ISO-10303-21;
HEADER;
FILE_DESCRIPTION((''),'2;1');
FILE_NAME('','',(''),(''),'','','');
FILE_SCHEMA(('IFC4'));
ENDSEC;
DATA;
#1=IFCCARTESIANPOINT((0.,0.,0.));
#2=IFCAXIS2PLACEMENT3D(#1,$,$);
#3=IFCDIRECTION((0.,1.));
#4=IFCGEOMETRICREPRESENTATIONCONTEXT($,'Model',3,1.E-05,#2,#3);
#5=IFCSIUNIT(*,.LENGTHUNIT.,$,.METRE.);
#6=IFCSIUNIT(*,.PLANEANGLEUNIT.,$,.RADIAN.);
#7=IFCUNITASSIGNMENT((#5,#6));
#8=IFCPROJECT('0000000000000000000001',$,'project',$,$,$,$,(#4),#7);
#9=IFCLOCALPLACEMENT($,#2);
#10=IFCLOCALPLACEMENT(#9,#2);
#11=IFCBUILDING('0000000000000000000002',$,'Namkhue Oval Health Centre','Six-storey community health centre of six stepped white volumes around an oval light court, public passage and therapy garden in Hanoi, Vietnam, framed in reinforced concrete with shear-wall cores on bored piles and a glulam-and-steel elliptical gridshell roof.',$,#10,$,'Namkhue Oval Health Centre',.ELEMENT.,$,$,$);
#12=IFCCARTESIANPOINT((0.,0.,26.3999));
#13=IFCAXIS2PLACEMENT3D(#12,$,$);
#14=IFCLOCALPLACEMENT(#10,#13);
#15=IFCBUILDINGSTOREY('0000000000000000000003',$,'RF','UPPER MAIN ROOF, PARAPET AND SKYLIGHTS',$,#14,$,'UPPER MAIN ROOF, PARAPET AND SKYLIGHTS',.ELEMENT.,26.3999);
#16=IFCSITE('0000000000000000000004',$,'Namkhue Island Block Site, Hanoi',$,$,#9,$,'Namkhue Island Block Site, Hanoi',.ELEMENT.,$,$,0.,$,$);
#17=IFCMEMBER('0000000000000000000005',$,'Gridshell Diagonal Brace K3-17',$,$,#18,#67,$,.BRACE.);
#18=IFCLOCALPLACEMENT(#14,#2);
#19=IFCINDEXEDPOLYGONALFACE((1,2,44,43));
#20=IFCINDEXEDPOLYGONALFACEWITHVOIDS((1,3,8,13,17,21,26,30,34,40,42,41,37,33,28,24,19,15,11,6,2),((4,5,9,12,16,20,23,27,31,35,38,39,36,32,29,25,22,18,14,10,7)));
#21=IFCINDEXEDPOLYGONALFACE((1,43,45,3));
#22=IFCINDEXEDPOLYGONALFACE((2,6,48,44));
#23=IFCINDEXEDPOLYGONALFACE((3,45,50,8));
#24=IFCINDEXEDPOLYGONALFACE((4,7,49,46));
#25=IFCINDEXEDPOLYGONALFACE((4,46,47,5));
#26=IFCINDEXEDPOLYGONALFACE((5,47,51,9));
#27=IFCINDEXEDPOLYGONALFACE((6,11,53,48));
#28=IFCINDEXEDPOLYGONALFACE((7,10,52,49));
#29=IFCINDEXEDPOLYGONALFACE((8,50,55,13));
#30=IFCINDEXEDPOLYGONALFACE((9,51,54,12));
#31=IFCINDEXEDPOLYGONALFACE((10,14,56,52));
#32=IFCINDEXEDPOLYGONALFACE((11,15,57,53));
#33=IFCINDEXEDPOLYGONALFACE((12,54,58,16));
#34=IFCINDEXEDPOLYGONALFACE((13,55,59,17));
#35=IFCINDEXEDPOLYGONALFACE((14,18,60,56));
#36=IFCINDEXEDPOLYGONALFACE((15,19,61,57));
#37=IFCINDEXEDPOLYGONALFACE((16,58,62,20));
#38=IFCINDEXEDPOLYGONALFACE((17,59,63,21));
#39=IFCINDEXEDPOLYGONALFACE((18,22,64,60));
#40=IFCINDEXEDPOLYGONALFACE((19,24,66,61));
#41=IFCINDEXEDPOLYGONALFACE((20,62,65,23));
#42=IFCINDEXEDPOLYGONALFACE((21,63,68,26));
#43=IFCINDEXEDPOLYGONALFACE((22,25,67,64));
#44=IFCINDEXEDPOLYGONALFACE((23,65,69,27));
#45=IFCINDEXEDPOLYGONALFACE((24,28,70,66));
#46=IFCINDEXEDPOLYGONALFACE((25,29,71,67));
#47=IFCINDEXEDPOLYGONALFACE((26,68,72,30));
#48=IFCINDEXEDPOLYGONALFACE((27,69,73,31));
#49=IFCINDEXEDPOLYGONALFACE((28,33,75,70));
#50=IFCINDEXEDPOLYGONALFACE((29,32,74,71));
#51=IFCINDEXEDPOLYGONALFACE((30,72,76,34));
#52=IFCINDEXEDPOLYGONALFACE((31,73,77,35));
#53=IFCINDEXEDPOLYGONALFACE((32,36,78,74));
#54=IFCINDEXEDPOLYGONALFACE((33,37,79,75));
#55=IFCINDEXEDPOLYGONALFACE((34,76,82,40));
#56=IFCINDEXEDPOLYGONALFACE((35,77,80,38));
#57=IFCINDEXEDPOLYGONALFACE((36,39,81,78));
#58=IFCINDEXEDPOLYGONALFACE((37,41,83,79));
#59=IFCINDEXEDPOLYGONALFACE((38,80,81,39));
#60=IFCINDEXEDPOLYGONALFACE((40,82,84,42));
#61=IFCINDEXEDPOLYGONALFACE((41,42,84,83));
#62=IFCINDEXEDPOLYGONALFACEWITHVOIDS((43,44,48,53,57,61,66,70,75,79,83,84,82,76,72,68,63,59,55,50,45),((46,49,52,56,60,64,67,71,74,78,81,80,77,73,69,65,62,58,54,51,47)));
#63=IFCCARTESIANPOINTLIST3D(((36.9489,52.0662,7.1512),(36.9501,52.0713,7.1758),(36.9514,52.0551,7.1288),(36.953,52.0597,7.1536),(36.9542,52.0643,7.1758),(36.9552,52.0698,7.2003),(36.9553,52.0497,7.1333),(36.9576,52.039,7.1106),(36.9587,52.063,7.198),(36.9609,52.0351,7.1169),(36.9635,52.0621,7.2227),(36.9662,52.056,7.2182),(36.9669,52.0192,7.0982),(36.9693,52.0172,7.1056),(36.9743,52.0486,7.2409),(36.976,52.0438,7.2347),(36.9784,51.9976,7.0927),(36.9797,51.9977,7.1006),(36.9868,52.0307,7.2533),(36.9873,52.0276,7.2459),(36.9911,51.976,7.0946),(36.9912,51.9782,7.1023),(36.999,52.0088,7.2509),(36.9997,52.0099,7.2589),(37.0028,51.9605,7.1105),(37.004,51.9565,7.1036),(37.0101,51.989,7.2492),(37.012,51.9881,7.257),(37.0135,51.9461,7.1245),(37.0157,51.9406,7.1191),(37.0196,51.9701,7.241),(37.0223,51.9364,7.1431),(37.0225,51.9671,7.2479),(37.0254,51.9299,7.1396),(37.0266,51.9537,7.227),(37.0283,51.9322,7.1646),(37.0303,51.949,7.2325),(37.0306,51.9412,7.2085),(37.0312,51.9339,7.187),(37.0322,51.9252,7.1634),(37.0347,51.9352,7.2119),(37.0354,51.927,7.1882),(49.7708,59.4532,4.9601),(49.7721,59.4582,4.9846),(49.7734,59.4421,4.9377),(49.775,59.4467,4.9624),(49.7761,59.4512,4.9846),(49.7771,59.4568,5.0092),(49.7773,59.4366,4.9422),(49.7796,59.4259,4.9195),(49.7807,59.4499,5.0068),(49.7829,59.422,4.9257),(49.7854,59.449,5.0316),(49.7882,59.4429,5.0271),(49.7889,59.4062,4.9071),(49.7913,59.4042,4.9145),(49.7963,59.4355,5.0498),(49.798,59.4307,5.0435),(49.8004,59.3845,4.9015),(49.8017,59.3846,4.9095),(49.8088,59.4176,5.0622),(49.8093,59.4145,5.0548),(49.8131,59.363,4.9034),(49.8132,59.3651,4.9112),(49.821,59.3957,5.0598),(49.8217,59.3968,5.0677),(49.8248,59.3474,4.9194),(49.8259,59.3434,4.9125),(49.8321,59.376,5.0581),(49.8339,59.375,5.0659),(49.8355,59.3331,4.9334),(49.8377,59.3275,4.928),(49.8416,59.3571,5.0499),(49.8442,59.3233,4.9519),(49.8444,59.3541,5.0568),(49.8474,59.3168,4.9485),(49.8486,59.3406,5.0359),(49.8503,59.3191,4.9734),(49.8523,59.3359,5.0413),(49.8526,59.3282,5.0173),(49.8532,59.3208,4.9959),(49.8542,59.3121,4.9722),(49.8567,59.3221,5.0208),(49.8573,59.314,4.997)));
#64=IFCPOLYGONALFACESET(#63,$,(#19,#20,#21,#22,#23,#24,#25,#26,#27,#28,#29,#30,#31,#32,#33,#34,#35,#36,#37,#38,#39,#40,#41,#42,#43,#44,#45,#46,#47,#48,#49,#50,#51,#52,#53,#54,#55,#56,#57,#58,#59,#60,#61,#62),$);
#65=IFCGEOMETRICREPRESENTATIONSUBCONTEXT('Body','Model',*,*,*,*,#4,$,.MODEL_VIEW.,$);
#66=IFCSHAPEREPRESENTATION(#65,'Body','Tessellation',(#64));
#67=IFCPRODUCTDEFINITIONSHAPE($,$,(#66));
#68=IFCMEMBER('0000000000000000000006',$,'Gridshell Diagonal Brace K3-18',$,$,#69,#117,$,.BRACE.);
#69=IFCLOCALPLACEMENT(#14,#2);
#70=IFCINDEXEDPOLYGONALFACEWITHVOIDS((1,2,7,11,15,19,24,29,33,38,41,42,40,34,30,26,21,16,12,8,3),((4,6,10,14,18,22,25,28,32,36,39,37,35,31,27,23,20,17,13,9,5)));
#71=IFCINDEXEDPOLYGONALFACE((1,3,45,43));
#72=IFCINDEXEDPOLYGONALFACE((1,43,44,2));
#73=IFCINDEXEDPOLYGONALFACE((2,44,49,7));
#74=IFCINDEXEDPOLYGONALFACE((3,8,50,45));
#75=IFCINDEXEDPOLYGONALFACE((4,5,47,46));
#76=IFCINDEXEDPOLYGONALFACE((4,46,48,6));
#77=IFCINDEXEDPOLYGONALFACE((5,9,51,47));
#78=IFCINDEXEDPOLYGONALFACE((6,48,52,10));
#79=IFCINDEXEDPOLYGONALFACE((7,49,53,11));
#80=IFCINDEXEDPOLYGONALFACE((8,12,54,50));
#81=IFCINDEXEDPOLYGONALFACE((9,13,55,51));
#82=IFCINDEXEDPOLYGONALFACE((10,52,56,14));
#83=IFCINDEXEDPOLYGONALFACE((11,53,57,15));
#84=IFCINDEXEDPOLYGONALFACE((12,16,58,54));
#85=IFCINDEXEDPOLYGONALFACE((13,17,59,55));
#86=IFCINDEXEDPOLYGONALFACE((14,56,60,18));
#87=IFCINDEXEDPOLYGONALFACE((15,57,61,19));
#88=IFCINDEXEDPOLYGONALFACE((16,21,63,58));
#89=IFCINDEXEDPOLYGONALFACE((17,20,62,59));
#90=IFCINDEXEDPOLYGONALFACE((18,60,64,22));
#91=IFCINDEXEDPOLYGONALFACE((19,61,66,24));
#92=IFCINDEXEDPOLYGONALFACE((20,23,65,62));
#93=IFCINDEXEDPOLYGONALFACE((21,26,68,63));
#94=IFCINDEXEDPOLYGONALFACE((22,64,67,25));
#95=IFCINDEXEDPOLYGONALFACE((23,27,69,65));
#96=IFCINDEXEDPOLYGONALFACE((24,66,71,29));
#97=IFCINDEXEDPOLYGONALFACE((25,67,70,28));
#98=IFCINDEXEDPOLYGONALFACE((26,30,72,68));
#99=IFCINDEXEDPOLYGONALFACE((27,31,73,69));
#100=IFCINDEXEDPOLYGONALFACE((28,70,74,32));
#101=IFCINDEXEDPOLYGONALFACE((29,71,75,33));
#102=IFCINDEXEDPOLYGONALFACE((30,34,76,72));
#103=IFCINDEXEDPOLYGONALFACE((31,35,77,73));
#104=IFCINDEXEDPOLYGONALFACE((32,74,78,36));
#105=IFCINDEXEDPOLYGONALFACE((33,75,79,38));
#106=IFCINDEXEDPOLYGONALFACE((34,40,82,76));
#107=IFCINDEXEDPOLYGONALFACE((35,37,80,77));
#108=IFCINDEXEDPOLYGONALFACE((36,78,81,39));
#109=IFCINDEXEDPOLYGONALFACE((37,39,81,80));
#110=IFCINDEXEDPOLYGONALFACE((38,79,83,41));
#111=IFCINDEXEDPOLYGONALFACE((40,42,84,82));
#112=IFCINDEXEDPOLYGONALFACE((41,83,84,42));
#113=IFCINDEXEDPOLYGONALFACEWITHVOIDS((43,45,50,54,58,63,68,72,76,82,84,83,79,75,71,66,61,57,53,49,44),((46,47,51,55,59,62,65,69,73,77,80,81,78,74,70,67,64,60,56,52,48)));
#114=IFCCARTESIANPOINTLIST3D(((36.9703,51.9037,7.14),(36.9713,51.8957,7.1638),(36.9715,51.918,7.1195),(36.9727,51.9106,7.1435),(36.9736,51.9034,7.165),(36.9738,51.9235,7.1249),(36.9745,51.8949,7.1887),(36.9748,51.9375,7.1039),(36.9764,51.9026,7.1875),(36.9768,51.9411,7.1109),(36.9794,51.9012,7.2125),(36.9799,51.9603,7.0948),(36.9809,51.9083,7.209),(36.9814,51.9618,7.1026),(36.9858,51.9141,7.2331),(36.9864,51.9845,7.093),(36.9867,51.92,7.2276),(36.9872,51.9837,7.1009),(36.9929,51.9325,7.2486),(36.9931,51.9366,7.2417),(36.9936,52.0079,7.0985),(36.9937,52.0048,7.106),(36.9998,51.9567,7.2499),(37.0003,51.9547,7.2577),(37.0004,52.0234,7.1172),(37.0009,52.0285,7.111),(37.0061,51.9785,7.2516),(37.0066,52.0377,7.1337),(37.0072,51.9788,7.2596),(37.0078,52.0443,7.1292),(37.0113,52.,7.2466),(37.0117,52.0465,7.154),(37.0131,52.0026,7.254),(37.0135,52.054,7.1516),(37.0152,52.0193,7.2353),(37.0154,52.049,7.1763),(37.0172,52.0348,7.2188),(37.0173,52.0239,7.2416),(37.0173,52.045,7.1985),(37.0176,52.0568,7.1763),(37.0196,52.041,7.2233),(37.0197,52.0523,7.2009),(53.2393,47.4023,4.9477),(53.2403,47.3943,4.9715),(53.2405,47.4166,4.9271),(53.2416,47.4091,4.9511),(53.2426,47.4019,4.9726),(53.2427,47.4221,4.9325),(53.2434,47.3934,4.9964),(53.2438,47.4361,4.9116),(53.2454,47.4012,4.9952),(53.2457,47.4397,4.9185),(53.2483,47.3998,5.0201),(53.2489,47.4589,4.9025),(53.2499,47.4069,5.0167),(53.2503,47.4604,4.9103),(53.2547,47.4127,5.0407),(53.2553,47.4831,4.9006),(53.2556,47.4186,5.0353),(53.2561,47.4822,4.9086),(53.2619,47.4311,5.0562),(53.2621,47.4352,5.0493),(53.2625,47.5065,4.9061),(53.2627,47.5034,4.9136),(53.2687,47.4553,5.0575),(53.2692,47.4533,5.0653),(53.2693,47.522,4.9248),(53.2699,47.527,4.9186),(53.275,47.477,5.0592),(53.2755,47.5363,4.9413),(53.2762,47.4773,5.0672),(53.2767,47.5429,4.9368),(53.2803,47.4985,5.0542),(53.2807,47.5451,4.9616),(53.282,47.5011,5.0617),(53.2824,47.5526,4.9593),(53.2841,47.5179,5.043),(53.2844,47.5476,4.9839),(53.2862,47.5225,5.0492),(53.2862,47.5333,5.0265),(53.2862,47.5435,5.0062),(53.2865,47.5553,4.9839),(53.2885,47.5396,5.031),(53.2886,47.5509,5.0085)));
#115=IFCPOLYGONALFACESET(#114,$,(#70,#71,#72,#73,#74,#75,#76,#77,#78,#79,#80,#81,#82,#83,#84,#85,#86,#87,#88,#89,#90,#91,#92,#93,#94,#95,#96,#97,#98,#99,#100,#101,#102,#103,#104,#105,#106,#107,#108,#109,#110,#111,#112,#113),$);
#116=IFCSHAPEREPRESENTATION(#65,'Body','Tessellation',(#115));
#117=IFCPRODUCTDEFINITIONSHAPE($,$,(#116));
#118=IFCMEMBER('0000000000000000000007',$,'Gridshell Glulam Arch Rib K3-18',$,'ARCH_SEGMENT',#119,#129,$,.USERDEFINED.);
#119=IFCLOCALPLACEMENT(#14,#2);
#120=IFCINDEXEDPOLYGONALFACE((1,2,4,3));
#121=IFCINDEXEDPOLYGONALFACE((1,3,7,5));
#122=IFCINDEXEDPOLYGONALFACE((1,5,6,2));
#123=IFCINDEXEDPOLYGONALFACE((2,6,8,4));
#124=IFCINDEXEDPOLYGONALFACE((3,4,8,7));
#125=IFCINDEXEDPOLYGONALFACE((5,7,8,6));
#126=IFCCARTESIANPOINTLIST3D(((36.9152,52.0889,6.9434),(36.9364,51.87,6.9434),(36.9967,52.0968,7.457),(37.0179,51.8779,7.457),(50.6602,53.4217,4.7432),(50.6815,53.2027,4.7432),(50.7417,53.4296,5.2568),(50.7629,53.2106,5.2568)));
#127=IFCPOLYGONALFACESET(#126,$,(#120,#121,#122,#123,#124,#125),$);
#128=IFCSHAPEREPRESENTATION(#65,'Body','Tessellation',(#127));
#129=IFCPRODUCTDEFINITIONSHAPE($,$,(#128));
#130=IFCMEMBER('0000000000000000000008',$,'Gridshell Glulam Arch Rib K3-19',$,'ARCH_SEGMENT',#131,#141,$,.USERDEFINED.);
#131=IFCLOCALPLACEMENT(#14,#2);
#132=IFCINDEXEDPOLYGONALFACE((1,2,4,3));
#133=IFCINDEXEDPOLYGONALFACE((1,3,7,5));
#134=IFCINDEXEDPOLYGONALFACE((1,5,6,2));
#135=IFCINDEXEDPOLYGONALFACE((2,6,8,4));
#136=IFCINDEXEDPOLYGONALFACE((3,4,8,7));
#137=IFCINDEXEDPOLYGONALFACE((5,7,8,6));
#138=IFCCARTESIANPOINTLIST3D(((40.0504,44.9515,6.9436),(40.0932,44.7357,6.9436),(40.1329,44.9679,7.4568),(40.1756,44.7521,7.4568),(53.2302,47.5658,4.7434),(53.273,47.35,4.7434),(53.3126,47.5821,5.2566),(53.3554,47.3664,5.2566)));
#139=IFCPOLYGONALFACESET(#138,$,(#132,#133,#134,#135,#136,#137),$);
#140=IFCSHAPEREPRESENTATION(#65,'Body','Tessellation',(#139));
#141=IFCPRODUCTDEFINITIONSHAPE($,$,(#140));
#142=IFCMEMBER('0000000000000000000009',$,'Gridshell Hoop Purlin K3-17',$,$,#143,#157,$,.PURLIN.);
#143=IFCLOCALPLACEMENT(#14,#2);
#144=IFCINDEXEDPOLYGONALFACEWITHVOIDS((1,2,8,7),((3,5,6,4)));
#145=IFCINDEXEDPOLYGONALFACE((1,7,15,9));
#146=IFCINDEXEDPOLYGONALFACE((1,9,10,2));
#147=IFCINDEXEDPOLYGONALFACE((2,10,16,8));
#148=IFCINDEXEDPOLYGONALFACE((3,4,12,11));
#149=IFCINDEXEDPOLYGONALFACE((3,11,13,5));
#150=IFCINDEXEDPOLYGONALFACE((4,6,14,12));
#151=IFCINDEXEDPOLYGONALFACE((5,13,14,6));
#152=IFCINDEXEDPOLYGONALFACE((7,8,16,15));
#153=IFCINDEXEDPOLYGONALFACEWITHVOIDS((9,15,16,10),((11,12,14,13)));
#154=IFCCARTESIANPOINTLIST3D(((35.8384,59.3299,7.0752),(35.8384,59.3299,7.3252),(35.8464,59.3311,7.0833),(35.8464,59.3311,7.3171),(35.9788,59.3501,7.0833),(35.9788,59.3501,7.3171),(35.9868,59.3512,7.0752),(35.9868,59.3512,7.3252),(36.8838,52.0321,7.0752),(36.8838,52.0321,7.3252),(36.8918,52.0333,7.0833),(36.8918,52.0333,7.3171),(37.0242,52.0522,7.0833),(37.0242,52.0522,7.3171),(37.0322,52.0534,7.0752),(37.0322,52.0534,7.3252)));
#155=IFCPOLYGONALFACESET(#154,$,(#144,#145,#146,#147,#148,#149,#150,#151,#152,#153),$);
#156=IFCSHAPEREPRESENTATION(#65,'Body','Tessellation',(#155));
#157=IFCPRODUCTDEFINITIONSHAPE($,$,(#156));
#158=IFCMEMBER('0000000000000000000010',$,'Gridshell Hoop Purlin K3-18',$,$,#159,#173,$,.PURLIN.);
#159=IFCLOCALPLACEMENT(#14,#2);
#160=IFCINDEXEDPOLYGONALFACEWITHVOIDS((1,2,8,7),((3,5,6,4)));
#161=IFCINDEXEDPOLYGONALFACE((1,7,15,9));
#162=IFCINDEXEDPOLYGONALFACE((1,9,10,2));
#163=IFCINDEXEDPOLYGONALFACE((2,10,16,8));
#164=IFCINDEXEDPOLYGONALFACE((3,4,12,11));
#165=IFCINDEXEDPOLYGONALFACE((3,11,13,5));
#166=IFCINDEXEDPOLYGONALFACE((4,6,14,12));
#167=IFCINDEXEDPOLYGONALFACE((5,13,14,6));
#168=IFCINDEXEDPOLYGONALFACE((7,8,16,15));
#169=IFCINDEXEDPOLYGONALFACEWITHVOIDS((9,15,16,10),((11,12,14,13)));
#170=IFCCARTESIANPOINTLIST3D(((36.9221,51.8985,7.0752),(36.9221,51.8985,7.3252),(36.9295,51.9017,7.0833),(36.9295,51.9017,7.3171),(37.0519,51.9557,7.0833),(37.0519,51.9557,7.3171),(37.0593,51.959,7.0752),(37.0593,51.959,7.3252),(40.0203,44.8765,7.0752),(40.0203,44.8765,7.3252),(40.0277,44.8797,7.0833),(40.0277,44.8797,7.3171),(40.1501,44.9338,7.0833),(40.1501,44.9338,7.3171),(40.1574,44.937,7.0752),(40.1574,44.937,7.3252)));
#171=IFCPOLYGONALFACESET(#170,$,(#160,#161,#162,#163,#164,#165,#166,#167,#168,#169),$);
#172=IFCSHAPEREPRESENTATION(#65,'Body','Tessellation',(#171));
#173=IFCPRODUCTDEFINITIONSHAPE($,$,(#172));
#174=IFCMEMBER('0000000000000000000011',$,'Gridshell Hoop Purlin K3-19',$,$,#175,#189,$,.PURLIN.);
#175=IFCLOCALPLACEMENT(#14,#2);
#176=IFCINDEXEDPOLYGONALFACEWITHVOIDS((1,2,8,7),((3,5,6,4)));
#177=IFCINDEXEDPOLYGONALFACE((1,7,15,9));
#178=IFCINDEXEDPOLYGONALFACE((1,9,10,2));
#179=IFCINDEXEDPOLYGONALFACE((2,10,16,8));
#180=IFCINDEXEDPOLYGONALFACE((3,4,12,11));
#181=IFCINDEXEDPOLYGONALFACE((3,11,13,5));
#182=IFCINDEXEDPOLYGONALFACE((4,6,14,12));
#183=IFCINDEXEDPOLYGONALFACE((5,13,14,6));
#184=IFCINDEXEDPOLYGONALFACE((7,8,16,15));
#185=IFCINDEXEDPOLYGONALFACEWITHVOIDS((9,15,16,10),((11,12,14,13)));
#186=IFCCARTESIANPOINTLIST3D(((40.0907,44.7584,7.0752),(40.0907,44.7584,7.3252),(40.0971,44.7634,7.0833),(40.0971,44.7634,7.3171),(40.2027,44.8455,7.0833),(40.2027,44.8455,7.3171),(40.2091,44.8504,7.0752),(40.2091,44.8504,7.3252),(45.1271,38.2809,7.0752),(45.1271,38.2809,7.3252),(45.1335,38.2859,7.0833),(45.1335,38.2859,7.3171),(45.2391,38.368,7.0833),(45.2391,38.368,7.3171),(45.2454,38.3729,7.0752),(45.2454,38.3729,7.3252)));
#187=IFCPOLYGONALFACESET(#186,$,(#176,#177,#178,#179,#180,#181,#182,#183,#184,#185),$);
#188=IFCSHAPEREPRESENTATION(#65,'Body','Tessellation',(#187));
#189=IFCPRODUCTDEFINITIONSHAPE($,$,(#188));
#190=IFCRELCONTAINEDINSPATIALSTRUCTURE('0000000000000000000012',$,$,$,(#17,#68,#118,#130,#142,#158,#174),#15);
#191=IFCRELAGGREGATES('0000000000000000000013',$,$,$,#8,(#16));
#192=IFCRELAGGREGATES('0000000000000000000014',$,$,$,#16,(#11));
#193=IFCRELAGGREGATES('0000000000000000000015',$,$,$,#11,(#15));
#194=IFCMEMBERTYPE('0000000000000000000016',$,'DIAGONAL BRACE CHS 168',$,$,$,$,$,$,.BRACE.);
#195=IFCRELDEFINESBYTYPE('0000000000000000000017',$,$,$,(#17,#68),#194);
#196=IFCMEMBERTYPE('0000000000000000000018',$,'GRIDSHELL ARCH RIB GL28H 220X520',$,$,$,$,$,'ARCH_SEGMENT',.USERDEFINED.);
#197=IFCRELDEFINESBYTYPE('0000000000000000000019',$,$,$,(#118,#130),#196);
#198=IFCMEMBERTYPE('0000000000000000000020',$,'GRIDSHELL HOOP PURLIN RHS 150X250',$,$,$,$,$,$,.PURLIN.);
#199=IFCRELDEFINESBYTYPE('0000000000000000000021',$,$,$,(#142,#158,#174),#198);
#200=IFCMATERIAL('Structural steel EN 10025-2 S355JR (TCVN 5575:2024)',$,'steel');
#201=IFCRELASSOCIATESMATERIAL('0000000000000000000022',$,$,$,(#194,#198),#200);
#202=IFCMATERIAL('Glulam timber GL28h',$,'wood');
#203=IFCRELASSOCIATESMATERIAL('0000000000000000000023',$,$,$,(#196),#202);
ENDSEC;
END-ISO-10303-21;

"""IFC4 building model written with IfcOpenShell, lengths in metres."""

from ifc_helpers import new_model, si_unit, direction, frame, origin, origin_2d, place, context, subcontext, project, spatial, rectangle, hollow_rectangle, hollow_circle, extrude, material, material_profile, profile_set, type_object, element, save


model = new_model("IFC4")

# Units and contexts
model_context = context("Model", 3, precision=1e-05, world=origin(), true_north=direction((0.0, 1.0)))
body_context = subcontext(model_context, "Body", "Model", "MODEL_VIEW")
ifc_project = project(units=[si_unit("LENGTHUNIT", "METRE"), si_unit("PLANEANGLEUNIT", "RADIAN")], contexts=[model_context])

# Site, building, storey
site_placement = place(None, origin())
site = spatial("IfcSite", under=ifc_project, at=site_placement, Name="Namkhue Island Block Site, Hanoi", LongName="Namkhue Island Block Site, Hanoi", CompositionType="ELEMENT", RefElevation=0.0)
building_placement = place(site_placement, origin())
building = spatial("IfcBuilding", under=site, at=building_placement, Name="Namkhue Oval Health Centre", Description="Six-storey community health centre of six stepped white volumes around an oval light court, public passage and therapy garden in Hanoi, Vietnam, framed in reinforced concrete with shear-wall cores on bored piles and a glulam-and-steel elliptical gridshell roof.", LongName="Namkhue Oval Health Centre", CompositionType="ELEMENT")
storey_placement = place(building_placement, frame((0.0, 0.0, 26.3999)))
storey = spatial("IfcBuildingStorey", under=building, at=storey_placement, Name="RF", Description="UPPER MAIN ROOF, PARAPET AND SKYLIGHTS", LongName="UPPER MAIN ROOF, PARAPET AND SKYLIGHTS", CompositionType="ELEMENT", Elevation=26.3999)

# Members
ifc_material_1 = material(Name="Structural steel EN 10025-2 S355JR (TCVN 5575:2024)", Category="steel")
ifc_material_profile_1 = material_profile(ifc_material_1, hollow_circle(Radius=0.0842, WallThickness=0.0081, at=origin_2d()), Name="CHS 168.3x8")
ifc_profile_set_1 = profile_set([ifc_material_profile_1], Name="Structural steel EN 10025-2 S355JR (TCVN 5575:2024)")
member_type_1 = type_object("IfcMemberType", Name="DIAGONAL BRACE CHS 168", PredefinedType="BRACE", material=ifc_profile_set_1)
member_1_placement = place(storey_placement, frame((36.9922, 51.9983, 7.1758), z_axis=(0.857142, 0.493813, -0.146478), x_axis=(-0.499197, 0.866488, 0.0)))
element("IfcMember", 1, at=member_1_placement, inside=storey, type_object=member_type_1, Name="Gridshell Diagonal Brace K3-17", PredefinedType="BRACE", context=body_context, shape_type="SweptSolid", body=[
    extrude(hollow_circle(Radius=0.0842, WallThickness=0.0081, at=origin_2d()), origin(), (0.0, 0.0, 1.0), 14.959),
])
member_2_placement = place(storey_placement, frame((36.9951, 51.9756, 7.1763), z_axis=(0.955761, -0.264448, -0.128796), x_axis=(0.26667, 0.963788, 0.0)))
element("IfcMember", 2, at=member_2_placement, inside=storey, type_object=member_type_1, Name="Gridshell Diagonal Brace K3-18", PredefinedType="BRACE", context=body_context, shape_type="SweptSolid", body=[
    extrude(hollow_circle(Radius=0.0842, WallThickness=0.0081, at=origin_2d()), origin(), (0.0, 0.0, 1.0), 17.022),
])
ifc_material_2 = material(Name="Glulam timber GL28h", Category="wood")
ifc_material_profile_2 = material_profile(ifc_material_2, rectangle(XDim=0.22, YDim=0.52, at=origin_2d()), Name="GL28h 220x520")
ifc_profile_set_2 = profile_set([ifc_material_profile_2], Name="Glulam timber GL28h")
member_type_2 = type_object("IfcMemberType", Name="GRIDSHELL ARCH RIB GL28H 220X520", ElementType="ARCH_SEGMENT", PredefinedType="USERDEFINED", material=ifc_profile_set_2)
member_3_placement = place(storey_placement, frame((36.9666, 51.9834, 7.2002), z_axis=(0.982935, 0.095308, -0.157339), x_axis=(-0.09651, 0.995332, 0.0)))
element("IfcMember", 3, at=member_3_placement, inside=storey, type_object=member_type_2, Name="Gridshell Glulam Arch Rib K3-18", ObjectType="ARCH_SEGMENT", PredefinedType="USERDEFINED", context=body_context, shape_type="SweptSolid", body=[
    extrude(rectangle(XDim=0.22, YDim=0.52, at=origin_2d()), origin(), (0.0, 0.0, 1.0), 13.9836),
])
member_4_placement = place(storey_placement, frame((40.113, 44.8518, 7.2002), z_axis=(0.967998, 0.192007, -0.161596), x_axis=(-0.194564, 0.98089, 0.0)))
element("IfcMember", 4, at=member_4_placement, inside=storey, type_object=member_type_2, Name="Gridshell Glulam Arch Rib K3-19", ObjectType="ARCH_SEGMENT", PredefinedType="USERDEFINED", context=body_context, shape_type="SweptSolid", body=[
    extrude(rectangle(XDim=0.22, YDim=0.52, at=origin_2d()), origin(), (0.0, 0.0, 1.0), 13.6155),
])
ifc_material_profile_3 = material_profile(ifc_material_1, hollow_rectangle(XDim=0.1499, YDim=0.25, WallThickness=0.0081, at=origin_2d()), Name="RHS 150x250x8")
ifc_profile_set_3 = profile_set([ifc_material_profile_3], Name="Structural steel EN 10025-2 S355JR (TCVN 5575:2024)")
member_type_3 = type_object("IfcMemberType", Name="GRIDSHELL HOOP PURLIN RHS 150X250", PredefinedType="PURLIN", material=ifc_profile_set_3)
member_5_placement = place(storey_placement, frame((35.9126, 59.3406, 7.2002), z_axis=(0.141802, -0.989895, 0.0), x_axis=(0.989895, 0.141802, 0.0)))
element("IfcMember", 5, at=member_5_placement, inside=storey, type_object=member_type_3, Name="Gridshell Hoop Purlin K3-17", PredefinedType="PURLIN", context=body_context, shape_type="SweptSolid", body=[
    extrude(hollow_rectangle(XDim=0.1499, YDim=0.25, WallThickness=0.0081, at=origin_2d()), origin(), (0.0, 0.0, 1.0), 7.3723),
])
member_6_placement = place(storey_placement, frame((36.9907, 51.9287, 7.2002), z_axis=(0.403664, -0.914907, 0.0), x_axis=(0.914907, 0.403664, 0.0)))
element("IfcMember", 6, at=member_6_placement, inside=storey, type_object=member_type_3, Name="Gridshell Hoop Purlin K3-18", PredefinedType="PURLIN", context=body_context, shape_type="SweptSolid", body=[
    extrude(hollow_rectangle(XDim=0.1499, YDim=0.25, WallThickness=0.0081, at=origin_2d()), origin(), (0.0, 0.0, 1.0), 7.675),
])
member_7_placement = place(storey_placement, frame((40.1499, 44.8044, 7.2002), z_axis=(0.613811, -0.789453, 0.0), x_axis=(0.789453, 0.613811, 0.0)))
element("IfcMember", 7, at=member_7_placement, inside=storey, type_object=member_type_3, Name="Gridshell Hoop Purlin K3-19", PredefinedType="PURLIN", context=body_context, shape_type="SweptSolid", body=[
    extrude(hollow_rectangle(XDim=0.1499, YDim=0.25, WallThickness=0.0081, at=origin_2d()), origin(), (0.0, 0.0, 1.0), 8.2051),
])

save(model, "model.ifc")
